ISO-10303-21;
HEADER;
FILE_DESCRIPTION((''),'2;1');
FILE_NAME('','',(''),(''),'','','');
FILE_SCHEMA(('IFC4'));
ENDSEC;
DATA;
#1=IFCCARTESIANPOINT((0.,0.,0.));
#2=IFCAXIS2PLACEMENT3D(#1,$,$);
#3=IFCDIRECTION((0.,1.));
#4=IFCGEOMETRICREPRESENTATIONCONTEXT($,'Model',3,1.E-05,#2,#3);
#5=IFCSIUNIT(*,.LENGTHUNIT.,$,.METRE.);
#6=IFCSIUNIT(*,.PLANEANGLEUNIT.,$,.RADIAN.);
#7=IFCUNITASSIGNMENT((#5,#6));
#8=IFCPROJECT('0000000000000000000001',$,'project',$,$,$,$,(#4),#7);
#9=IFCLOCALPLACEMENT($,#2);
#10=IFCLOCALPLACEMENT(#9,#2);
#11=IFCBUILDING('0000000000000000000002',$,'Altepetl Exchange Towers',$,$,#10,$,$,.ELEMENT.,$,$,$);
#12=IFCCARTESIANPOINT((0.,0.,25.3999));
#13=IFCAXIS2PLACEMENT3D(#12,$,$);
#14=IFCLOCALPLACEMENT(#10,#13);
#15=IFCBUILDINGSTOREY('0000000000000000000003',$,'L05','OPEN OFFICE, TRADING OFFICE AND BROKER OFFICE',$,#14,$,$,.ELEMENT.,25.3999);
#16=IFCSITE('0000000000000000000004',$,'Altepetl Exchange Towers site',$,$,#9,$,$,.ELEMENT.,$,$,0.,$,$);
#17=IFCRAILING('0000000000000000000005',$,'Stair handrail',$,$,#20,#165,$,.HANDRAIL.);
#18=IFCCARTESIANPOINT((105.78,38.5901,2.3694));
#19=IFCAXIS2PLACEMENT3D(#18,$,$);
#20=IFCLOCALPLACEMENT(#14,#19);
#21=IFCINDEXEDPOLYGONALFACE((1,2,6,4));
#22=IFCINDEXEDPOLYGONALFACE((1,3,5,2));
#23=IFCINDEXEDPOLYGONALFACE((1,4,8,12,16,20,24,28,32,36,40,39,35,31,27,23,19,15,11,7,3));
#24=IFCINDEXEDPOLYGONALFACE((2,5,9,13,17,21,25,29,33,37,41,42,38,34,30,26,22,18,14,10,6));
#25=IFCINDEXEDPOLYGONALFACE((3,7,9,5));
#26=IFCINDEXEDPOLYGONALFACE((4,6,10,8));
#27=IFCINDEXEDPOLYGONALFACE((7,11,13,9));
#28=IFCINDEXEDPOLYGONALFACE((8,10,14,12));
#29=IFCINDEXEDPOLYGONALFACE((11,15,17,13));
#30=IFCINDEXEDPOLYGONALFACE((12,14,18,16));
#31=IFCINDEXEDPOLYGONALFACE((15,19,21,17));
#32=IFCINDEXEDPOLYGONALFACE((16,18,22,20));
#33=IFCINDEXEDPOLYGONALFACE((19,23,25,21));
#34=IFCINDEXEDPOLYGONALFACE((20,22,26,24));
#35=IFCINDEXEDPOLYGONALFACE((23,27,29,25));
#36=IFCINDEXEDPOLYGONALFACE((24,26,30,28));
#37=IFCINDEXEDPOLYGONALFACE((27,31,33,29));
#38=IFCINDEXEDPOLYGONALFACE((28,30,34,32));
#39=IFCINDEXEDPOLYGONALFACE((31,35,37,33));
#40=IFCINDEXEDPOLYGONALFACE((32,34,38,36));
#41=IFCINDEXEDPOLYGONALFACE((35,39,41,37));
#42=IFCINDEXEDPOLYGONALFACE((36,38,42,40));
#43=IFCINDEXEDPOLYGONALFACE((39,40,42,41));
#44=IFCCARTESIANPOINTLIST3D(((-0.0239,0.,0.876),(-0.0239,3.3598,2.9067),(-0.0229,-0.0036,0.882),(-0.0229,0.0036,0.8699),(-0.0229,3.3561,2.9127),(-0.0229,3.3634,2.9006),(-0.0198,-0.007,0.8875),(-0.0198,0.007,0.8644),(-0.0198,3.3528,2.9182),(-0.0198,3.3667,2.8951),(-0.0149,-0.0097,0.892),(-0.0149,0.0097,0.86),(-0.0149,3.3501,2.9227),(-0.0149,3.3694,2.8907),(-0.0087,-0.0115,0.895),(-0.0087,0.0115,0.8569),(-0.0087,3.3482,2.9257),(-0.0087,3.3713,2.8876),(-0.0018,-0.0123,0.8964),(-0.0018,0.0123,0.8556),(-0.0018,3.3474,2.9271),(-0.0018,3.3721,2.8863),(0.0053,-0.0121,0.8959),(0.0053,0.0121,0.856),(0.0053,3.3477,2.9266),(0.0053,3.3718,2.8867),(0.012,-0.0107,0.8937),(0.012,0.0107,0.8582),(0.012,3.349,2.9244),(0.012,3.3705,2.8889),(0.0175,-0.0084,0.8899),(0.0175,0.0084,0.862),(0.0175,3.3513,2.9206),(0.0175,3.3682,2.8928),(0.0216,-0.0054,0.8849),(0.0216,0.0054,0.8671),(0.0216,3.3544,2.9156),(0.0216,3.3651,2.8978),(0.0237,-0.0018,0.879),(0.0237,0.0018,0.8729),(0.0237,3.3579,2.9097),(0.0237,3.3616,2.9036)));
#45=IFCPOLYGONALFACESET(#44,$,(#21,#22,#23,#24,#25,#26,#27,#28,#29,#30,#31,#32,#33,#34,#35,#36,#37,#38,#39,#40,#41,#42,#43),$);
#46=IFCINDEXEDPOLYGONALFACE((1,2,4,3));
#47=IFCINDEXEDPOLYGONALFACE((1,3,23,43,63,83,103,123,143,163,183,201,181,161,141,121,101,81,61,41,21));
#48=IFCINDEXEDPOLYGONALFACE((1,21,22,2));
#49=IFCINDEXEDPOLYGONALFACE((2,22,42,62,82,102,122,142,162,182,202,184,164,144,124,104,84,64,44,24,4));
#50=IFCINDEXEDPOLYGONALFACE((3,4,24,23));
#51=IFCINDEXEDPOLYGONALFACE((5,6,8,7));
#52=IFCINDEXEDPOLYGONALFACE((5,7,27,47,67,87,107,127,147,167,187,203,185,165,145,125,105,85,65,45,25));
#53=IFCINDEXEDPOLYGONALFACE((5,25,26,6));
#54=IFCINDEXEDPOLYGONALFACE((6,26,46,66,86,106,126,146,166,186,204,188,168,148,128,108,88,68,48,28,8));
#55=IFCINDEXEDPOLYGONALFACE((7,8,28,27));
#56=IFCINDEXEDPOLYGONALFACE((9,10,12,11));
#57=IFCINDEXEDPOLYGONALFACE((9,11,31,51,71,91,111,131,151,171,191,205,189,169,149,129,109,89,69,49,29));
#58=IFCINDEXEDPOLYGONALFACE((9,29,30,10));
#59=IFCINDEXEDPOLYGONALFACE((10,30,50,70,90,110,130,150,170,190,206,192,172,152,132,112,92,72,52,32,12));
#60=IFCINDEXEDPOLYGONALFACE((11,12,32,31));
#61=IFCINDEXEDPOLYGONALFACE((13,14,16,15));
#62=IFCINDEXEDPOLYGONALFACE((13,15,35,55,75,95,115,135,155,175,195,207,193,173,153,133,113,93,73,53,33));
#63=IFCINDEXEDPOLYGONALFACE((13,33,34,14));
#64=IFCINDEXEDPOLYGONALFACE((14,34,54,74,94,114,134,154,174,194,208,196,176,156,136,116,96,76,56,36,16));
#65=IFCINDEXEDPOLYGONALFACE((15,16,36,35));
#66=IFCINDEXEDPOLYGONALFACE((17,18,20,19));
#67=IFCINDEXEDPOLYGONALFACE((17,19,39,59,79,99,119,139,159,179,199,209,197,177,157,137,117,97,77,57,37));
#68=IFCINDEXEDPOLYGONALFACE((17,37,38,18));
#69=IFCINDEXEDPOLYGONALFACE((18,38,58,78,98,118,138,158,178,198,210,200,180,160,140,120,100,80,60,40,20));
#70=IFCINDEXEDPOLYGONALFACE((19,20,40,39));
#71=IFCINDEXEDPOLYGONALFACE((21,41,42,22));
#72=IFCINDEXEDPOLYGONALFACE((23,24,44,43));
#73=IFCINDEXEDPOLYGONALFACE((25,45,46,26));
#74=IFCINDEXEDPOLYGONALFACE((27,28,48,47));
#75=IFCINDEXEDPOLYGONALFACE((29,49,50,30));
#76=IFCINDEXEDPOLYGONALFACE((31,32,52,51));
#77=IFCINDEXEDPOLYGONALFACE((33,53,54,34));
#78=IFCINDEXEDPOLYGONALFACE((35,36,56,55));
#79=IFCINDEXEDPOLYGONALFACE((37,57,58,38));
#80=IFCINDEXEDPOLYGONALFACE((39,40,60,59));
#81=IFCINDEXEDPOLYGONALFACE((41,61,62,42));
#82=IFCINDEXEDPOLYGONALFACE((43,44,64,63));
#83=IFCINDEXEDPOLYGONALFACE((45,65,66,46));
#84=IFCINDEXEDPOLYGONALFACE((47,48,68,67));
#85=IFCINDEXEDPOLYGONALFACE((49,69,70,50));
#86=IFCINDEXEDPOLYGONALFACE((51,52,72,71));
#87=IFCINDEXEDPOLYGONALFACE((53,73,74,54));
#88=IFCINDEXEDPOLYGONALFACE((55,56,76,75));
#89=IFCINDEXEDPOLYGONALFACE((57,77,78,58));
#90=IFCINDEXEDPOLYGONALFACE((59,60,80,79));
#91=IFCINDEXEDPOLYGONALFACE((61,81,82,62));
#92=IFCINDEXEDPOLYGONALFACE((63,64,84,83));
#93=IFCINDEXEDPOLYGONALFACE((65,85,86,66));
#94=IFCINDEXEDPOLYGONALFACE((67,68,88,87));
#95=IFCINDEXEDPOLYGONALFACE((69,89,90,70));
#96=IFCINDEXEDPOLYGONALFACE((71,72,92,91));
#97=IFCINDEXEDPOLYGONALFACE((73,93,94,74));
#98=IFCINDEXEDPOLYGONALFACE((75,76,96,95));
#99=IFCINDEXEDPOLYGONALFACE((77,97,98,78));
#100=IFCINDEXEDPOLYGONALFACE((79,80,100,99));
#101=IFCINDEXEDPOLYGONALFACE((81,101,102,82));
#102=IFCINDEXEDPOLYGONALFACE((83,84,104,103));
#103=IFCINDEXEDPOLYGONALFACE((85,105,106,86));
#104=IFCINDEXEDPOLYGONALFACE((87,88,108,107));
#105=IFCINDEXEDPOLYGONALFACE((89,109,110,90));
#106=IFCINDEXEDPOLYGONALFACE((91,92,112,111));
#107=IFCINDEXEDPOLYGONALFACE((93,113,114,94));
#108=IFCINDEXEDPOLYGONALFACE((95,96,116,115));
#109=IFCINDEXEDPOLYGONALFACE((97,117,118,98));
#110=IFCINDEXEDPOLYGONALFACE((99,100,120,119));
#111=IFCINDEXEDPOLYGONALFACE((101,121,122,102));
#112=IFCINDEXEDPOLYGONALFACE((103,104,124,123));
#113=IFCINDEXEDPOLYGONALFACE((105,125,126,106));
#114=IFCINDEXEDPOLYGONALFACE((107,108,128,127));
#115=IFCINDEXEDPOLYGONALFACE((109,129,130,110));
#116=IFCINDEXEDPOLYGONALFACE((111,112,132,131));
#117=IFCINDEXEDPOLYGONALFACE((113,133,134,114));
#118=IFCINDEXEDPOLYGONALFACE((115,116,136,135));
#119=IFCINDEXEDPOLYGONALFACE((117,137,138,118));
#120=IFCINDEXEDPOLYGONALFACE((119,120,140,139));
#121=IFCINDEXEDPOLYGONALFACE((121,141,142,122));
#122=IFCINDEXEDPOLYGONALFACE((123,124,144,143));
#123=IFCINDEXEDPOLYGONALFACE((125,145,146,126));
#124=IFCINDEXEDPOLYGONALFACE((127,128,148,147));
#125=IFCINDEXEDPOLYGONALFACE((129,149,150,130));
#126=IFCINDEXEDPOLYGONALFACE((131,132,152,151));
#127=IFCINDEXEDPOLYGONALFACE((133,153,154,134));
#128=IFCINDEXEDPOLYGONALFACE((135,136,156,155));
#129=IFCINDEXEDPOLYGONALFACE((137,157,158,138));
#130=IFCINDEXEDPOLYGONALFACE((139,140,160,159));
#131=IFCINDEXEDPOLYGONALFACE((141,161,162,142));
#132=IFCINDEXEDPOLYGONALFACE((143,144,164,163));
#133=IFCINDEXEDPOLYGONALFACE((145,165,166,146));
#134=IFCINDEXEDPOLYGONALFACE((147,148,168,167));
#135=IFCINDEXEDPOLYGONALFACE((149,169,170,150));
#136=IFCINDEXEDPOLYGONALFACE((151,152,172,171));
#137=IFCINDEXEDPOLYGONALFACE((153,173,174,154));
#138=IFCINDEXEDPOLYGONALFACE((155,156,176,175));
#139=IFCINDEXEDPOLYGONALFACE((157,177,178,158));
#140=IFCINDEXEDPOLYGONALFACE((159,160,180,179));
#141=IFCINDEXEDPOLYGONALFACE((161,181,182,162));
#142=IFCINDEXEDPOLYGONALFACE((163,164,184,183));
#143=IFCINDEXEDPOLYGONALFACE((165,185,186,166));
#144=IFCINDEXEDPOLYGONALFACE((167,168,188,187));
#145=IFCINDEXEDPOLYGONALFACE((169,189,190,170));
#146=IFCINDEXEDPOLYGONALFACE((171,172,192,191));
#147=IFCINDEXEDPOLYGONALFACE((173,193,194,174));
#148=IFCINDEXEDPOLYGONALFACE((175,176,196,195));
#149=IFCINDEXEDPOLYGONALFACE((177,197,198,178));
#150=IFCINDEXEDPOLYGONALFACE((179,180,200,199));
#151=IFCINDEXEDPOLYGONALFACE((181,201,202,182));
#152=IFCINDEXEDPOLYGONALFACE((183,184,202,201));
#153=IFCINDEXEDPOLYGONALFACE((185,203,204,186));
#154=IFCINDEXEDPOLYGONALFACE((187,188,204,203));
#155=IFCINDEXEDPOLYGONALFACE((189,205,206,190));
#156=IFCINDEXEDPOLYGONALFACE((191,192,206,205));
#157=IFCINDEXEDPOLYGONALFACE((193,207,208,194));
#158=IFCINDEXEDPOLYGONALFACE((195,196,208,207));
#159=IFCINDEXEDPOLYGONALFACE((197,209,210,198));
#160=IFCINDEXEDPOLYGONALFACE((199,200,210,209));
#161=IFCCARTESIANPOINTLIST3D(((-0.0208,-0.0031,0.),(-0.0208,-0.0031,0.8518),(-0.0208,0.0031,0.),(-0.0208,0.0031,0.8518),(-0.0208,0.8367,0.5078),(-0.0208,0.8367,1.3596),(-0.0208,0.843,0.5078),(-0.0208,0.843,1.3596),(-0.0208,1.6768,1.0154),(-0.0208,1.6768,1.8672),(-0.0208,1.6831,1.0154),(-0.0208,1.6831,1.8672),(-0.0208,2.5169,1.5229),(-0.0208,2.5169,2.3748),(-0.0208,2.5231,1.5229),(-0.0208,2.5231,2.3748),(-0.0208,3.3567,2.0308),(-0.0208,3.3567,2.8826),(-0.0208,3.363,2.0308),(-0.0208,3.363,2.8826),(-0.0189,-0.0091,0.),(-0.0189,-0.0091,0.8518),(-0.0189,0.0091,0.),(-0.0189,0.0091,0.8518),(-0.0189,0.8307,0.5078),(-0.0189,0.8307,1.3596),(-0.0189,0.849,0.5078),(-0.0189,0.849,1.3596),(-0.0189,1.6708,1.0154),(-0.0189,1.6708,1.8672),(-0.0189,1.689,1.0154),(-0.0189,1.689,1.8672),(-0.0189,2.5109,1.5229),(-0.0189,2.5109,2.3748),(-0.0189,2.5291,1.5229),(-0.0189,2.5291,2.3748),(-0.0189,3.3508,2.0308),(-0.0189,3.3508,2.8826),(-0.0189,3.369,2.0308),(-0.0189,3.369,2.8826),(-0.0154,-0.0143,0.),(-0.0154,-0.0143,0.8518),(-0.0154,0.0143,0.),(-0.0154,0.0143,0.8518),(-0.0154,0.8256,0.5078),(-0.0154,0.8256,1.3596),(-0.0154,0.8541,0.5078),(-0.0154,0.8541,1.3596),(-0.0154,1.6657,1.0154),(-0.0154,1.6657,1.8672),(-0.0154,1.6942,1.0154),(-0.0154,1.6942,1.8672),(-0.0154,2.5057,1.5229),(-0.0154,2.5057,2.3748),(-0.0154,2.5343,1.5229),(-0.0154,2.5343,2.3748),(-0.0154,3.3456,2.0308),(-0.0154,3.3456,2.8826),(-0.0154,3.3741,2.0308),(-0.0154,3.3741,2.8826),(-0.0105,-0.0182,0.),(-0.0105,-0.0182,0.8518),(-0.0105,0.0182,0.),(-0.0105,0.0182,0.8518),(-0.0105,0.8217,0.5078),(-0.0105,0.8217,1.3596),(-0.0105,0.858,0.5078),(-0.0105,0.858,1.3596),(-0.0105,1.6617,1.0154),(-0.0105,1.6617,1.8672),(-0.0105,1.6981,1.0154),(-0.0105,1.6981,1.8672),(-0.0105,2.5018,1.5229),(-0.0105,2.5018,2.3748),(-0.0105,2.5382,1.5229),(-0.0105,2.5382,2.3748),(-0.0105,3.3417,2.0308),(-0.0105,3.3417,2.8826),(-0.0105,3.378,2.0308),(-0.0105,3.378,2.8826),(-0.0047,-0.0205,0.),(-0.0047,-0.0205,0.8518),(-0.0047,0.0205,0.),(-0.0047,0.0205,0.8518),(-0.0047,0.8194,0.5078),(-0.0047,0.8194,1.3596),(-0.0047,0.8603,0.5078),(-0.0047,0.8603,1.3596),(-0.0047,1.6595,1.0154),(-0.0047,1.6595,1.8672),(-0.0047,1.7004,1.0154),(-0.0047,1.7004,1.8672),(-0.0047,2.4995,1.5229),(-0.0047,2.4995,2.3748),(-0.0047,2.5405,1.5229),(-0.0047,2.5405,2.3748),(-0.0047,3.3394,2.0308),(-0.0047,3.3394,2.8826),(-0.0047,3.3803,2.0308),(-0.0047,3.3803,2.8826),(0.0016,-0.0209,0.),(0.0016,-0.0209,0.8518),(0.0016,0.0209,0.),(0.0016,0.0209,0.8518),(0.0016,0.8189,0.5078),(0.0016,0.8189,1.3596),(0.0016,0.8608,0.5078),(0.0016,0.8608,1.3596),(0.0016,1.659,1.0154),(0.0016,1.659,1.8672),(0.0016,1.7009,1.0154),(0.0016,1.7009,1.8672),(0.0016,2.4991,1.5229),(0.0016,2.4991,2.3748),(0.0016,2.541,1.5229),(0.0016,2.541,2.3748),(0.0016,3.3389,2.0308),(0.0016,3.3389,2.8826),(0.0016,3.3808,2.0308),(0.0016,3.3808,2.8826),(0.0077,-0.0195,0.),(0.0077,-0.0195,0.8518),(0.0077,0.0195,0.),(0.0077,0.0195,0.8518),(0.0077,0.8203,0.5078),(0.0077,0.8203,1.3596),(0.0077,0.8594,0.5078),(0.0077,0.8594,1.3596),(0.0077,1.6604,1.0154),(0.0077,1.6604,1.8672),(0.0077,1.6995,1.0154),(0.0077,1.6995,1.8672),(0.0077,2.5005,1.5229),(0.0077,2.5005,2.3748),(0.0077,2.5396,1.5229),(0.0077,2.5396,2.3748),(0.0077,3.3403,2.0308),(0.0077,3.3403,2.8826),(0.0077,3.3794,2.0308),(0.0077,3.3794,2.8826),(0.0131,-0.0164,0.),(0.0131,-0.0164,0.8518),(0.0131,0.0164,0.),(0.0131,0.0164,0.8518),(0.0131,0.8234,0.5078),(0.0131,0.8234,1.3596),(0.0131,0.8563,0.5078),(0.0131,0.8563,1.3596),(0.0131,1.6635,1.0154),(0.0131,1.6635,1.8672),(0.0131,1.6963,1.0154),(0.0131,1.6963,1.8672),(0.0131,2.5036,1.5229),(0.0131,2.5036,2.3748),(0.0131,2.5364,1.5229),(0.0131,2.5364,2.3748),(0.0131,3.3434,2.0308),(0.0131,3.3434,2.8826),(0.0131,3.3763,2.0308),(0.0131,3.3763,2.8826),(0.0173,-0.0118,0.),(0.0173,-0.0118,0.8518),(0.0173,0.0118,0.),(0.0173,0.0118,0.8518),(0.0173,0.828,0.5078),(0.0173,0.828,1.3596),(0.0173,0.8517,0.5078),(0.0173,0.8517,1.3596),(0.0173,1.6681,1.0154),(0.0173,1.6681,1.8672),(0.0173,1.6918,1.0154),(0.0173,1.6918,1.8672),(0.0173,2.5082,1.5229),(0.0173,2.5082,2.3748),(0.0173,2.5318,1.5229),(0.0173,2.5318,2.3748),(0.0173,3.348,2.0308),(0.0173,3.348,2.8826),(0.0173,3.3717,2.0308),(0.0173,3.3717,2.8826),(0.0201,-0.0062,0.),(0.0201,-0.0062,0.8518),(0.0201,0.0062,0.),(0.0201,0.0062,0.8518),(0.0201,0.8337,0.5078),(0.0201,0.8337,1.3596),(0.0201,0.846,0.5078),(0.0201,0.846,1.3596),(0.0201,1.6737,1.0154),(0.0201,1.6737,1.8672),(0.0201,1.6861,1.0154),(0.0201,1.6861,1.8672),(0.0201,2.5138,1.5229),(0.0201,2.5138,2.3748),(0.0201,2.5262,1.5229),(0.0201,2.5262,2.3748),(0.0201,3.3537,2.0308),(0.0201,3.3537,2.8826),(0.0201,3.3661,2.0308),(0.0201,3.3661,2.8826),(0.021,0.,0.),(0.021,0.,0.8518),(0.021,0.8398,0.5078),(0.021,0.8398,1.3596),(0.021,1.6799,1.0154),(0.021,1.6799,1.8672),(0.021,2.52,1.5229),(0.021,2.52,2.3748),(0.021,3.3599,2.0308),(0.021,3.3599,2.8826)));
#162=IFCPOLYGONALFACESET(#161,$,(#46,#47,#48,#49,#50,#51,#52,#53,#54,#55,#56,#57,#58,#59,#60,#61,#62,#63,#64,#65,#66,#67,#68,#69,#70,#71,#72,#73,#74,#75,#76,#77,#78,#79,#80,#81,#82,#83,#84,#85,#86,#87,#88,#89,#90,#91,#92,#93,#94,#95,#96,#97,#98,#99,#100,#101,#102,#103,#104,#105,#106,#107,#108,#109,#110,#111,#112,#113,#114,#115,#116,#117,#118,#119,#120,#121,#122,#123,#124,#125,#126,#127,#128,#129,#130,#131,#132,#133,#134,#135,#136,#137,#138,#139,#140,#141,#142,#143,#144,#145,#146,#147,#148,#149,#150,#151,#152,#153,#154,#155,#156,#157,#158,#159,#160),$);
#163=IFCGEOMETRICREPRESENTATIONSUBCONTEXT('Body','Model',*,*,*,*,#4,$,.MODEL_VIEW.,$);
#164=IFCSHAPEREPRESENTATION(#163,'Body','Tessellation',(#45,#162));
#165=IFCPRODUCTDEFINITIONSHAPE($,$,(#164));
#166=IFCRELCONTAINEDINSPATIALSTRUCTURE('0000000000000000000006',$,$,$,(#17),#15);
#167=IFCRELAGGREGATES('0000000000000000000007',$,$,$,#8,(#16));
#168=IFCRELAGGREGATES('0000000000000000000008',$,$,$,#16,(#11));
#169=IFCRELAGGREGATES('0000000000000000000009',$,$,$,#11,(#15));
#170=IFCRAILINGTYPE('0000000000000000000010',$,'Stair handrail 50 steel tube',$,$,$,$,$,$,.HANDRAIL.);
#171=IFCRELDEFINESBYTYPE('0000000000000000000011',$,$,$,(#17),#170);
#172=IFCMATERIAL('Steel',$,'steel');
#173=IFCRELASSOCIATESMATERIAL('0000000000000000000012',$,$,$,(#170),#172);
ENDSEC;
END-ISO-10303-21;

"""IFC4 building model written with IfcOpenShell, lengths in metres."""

from ifc_helpers import new_model, si_unit, direction, frame, origin, origin_2d, place, context, subcontext, project, spatial, circle, extrude, source, transform, mapped, material, type_object, element, save


model = new_model("IFC4")

# Units and contexts
model_context = context("Model", 3, precision=1e-05, world=origin(), true_north=direction((0.0, 1.0)))
body_context = subcontext(model_context, "Body", "Model", "MODEL_VIEW")
ifc_project = project(units=[si_unit("LENGTHUNIT", "METRE"), si_unit("PLANEANGLEUNIT", "RADIAN")], contexts=[model_context])

# Site, building, storey
site_placement = place(None, origin())
site = spatial("IfcSite", under=ifc_project, at=site_placement, Name="Altepetl Exchange Towers site", CompositionType="ELEMENT", RefElevation=0.0)
building_placement = place(site_placement, origin())
building = spatial("IfcBuilding", under=site, at=building_placement, Name="Altepetl Exchange Towers", CompositionType="ELEMENT")
storey_placement = place(building_placement, frame((0.0, 0.0, 25.3999)))
storey = spatial("IfcBuildingStorey", under=building, at=storey_placement, Name="L05", Description="OPEN OFFICE, TRADING OFFICE AND BROKER OFFICE", CompositionType="ELEMENT", Elevation=25.3999)

# Railing
ifc_material_1 = material(Name="Steel", Category="steel")
railing_type = type_object("IfcRailingType", Name="Stair handrail 50 steel tube", PredefinedType="HANDRAIL", material=ifc_material_1)
shared_shape = source(origin(), body_context, "Body", "SweptSolid", [
    extrude(circle(Radius=0.021, at=origin_2d()), origin(), (0.0, 0.0, 1.0), 0.8518),
])
railing_placement = place(storey_placement, frame((105.78, 38.5901, 2.3694)))
element("IfcRailing", 1, at=railing_placement, inside=storey, type_object=railing_type, Name="Stair handrail", PredefinedType="HANDRAIL", context=body_context, shape_type="SweptSolid", body=[
    extrude(circle(Radius=0.0239, at=origin_2d()), frame((0.0, 0.0, 0.876), z_axis=(0.0, 0.85582, 0.517273), x_axis=(-1.0, 0.0, 0.0)), (0.0, 0.0, 1.0), 3.9258),
    mapped(shared_shape, transform((0.0, 0.0, 0.0))),
    mapped(shared_shape, transform((0.0, 0.8398, 0.5078))),
    mapped(shared_shape, transform((0.0, 1.6799, 1.0154))),
    mapped(shared_shape, transform((0.0, 2.52, 1.5229))),
    mapped(shared_shape, transform((0.0, 3.3599, 2.0308))),
])

save(model, "model.ifc")
